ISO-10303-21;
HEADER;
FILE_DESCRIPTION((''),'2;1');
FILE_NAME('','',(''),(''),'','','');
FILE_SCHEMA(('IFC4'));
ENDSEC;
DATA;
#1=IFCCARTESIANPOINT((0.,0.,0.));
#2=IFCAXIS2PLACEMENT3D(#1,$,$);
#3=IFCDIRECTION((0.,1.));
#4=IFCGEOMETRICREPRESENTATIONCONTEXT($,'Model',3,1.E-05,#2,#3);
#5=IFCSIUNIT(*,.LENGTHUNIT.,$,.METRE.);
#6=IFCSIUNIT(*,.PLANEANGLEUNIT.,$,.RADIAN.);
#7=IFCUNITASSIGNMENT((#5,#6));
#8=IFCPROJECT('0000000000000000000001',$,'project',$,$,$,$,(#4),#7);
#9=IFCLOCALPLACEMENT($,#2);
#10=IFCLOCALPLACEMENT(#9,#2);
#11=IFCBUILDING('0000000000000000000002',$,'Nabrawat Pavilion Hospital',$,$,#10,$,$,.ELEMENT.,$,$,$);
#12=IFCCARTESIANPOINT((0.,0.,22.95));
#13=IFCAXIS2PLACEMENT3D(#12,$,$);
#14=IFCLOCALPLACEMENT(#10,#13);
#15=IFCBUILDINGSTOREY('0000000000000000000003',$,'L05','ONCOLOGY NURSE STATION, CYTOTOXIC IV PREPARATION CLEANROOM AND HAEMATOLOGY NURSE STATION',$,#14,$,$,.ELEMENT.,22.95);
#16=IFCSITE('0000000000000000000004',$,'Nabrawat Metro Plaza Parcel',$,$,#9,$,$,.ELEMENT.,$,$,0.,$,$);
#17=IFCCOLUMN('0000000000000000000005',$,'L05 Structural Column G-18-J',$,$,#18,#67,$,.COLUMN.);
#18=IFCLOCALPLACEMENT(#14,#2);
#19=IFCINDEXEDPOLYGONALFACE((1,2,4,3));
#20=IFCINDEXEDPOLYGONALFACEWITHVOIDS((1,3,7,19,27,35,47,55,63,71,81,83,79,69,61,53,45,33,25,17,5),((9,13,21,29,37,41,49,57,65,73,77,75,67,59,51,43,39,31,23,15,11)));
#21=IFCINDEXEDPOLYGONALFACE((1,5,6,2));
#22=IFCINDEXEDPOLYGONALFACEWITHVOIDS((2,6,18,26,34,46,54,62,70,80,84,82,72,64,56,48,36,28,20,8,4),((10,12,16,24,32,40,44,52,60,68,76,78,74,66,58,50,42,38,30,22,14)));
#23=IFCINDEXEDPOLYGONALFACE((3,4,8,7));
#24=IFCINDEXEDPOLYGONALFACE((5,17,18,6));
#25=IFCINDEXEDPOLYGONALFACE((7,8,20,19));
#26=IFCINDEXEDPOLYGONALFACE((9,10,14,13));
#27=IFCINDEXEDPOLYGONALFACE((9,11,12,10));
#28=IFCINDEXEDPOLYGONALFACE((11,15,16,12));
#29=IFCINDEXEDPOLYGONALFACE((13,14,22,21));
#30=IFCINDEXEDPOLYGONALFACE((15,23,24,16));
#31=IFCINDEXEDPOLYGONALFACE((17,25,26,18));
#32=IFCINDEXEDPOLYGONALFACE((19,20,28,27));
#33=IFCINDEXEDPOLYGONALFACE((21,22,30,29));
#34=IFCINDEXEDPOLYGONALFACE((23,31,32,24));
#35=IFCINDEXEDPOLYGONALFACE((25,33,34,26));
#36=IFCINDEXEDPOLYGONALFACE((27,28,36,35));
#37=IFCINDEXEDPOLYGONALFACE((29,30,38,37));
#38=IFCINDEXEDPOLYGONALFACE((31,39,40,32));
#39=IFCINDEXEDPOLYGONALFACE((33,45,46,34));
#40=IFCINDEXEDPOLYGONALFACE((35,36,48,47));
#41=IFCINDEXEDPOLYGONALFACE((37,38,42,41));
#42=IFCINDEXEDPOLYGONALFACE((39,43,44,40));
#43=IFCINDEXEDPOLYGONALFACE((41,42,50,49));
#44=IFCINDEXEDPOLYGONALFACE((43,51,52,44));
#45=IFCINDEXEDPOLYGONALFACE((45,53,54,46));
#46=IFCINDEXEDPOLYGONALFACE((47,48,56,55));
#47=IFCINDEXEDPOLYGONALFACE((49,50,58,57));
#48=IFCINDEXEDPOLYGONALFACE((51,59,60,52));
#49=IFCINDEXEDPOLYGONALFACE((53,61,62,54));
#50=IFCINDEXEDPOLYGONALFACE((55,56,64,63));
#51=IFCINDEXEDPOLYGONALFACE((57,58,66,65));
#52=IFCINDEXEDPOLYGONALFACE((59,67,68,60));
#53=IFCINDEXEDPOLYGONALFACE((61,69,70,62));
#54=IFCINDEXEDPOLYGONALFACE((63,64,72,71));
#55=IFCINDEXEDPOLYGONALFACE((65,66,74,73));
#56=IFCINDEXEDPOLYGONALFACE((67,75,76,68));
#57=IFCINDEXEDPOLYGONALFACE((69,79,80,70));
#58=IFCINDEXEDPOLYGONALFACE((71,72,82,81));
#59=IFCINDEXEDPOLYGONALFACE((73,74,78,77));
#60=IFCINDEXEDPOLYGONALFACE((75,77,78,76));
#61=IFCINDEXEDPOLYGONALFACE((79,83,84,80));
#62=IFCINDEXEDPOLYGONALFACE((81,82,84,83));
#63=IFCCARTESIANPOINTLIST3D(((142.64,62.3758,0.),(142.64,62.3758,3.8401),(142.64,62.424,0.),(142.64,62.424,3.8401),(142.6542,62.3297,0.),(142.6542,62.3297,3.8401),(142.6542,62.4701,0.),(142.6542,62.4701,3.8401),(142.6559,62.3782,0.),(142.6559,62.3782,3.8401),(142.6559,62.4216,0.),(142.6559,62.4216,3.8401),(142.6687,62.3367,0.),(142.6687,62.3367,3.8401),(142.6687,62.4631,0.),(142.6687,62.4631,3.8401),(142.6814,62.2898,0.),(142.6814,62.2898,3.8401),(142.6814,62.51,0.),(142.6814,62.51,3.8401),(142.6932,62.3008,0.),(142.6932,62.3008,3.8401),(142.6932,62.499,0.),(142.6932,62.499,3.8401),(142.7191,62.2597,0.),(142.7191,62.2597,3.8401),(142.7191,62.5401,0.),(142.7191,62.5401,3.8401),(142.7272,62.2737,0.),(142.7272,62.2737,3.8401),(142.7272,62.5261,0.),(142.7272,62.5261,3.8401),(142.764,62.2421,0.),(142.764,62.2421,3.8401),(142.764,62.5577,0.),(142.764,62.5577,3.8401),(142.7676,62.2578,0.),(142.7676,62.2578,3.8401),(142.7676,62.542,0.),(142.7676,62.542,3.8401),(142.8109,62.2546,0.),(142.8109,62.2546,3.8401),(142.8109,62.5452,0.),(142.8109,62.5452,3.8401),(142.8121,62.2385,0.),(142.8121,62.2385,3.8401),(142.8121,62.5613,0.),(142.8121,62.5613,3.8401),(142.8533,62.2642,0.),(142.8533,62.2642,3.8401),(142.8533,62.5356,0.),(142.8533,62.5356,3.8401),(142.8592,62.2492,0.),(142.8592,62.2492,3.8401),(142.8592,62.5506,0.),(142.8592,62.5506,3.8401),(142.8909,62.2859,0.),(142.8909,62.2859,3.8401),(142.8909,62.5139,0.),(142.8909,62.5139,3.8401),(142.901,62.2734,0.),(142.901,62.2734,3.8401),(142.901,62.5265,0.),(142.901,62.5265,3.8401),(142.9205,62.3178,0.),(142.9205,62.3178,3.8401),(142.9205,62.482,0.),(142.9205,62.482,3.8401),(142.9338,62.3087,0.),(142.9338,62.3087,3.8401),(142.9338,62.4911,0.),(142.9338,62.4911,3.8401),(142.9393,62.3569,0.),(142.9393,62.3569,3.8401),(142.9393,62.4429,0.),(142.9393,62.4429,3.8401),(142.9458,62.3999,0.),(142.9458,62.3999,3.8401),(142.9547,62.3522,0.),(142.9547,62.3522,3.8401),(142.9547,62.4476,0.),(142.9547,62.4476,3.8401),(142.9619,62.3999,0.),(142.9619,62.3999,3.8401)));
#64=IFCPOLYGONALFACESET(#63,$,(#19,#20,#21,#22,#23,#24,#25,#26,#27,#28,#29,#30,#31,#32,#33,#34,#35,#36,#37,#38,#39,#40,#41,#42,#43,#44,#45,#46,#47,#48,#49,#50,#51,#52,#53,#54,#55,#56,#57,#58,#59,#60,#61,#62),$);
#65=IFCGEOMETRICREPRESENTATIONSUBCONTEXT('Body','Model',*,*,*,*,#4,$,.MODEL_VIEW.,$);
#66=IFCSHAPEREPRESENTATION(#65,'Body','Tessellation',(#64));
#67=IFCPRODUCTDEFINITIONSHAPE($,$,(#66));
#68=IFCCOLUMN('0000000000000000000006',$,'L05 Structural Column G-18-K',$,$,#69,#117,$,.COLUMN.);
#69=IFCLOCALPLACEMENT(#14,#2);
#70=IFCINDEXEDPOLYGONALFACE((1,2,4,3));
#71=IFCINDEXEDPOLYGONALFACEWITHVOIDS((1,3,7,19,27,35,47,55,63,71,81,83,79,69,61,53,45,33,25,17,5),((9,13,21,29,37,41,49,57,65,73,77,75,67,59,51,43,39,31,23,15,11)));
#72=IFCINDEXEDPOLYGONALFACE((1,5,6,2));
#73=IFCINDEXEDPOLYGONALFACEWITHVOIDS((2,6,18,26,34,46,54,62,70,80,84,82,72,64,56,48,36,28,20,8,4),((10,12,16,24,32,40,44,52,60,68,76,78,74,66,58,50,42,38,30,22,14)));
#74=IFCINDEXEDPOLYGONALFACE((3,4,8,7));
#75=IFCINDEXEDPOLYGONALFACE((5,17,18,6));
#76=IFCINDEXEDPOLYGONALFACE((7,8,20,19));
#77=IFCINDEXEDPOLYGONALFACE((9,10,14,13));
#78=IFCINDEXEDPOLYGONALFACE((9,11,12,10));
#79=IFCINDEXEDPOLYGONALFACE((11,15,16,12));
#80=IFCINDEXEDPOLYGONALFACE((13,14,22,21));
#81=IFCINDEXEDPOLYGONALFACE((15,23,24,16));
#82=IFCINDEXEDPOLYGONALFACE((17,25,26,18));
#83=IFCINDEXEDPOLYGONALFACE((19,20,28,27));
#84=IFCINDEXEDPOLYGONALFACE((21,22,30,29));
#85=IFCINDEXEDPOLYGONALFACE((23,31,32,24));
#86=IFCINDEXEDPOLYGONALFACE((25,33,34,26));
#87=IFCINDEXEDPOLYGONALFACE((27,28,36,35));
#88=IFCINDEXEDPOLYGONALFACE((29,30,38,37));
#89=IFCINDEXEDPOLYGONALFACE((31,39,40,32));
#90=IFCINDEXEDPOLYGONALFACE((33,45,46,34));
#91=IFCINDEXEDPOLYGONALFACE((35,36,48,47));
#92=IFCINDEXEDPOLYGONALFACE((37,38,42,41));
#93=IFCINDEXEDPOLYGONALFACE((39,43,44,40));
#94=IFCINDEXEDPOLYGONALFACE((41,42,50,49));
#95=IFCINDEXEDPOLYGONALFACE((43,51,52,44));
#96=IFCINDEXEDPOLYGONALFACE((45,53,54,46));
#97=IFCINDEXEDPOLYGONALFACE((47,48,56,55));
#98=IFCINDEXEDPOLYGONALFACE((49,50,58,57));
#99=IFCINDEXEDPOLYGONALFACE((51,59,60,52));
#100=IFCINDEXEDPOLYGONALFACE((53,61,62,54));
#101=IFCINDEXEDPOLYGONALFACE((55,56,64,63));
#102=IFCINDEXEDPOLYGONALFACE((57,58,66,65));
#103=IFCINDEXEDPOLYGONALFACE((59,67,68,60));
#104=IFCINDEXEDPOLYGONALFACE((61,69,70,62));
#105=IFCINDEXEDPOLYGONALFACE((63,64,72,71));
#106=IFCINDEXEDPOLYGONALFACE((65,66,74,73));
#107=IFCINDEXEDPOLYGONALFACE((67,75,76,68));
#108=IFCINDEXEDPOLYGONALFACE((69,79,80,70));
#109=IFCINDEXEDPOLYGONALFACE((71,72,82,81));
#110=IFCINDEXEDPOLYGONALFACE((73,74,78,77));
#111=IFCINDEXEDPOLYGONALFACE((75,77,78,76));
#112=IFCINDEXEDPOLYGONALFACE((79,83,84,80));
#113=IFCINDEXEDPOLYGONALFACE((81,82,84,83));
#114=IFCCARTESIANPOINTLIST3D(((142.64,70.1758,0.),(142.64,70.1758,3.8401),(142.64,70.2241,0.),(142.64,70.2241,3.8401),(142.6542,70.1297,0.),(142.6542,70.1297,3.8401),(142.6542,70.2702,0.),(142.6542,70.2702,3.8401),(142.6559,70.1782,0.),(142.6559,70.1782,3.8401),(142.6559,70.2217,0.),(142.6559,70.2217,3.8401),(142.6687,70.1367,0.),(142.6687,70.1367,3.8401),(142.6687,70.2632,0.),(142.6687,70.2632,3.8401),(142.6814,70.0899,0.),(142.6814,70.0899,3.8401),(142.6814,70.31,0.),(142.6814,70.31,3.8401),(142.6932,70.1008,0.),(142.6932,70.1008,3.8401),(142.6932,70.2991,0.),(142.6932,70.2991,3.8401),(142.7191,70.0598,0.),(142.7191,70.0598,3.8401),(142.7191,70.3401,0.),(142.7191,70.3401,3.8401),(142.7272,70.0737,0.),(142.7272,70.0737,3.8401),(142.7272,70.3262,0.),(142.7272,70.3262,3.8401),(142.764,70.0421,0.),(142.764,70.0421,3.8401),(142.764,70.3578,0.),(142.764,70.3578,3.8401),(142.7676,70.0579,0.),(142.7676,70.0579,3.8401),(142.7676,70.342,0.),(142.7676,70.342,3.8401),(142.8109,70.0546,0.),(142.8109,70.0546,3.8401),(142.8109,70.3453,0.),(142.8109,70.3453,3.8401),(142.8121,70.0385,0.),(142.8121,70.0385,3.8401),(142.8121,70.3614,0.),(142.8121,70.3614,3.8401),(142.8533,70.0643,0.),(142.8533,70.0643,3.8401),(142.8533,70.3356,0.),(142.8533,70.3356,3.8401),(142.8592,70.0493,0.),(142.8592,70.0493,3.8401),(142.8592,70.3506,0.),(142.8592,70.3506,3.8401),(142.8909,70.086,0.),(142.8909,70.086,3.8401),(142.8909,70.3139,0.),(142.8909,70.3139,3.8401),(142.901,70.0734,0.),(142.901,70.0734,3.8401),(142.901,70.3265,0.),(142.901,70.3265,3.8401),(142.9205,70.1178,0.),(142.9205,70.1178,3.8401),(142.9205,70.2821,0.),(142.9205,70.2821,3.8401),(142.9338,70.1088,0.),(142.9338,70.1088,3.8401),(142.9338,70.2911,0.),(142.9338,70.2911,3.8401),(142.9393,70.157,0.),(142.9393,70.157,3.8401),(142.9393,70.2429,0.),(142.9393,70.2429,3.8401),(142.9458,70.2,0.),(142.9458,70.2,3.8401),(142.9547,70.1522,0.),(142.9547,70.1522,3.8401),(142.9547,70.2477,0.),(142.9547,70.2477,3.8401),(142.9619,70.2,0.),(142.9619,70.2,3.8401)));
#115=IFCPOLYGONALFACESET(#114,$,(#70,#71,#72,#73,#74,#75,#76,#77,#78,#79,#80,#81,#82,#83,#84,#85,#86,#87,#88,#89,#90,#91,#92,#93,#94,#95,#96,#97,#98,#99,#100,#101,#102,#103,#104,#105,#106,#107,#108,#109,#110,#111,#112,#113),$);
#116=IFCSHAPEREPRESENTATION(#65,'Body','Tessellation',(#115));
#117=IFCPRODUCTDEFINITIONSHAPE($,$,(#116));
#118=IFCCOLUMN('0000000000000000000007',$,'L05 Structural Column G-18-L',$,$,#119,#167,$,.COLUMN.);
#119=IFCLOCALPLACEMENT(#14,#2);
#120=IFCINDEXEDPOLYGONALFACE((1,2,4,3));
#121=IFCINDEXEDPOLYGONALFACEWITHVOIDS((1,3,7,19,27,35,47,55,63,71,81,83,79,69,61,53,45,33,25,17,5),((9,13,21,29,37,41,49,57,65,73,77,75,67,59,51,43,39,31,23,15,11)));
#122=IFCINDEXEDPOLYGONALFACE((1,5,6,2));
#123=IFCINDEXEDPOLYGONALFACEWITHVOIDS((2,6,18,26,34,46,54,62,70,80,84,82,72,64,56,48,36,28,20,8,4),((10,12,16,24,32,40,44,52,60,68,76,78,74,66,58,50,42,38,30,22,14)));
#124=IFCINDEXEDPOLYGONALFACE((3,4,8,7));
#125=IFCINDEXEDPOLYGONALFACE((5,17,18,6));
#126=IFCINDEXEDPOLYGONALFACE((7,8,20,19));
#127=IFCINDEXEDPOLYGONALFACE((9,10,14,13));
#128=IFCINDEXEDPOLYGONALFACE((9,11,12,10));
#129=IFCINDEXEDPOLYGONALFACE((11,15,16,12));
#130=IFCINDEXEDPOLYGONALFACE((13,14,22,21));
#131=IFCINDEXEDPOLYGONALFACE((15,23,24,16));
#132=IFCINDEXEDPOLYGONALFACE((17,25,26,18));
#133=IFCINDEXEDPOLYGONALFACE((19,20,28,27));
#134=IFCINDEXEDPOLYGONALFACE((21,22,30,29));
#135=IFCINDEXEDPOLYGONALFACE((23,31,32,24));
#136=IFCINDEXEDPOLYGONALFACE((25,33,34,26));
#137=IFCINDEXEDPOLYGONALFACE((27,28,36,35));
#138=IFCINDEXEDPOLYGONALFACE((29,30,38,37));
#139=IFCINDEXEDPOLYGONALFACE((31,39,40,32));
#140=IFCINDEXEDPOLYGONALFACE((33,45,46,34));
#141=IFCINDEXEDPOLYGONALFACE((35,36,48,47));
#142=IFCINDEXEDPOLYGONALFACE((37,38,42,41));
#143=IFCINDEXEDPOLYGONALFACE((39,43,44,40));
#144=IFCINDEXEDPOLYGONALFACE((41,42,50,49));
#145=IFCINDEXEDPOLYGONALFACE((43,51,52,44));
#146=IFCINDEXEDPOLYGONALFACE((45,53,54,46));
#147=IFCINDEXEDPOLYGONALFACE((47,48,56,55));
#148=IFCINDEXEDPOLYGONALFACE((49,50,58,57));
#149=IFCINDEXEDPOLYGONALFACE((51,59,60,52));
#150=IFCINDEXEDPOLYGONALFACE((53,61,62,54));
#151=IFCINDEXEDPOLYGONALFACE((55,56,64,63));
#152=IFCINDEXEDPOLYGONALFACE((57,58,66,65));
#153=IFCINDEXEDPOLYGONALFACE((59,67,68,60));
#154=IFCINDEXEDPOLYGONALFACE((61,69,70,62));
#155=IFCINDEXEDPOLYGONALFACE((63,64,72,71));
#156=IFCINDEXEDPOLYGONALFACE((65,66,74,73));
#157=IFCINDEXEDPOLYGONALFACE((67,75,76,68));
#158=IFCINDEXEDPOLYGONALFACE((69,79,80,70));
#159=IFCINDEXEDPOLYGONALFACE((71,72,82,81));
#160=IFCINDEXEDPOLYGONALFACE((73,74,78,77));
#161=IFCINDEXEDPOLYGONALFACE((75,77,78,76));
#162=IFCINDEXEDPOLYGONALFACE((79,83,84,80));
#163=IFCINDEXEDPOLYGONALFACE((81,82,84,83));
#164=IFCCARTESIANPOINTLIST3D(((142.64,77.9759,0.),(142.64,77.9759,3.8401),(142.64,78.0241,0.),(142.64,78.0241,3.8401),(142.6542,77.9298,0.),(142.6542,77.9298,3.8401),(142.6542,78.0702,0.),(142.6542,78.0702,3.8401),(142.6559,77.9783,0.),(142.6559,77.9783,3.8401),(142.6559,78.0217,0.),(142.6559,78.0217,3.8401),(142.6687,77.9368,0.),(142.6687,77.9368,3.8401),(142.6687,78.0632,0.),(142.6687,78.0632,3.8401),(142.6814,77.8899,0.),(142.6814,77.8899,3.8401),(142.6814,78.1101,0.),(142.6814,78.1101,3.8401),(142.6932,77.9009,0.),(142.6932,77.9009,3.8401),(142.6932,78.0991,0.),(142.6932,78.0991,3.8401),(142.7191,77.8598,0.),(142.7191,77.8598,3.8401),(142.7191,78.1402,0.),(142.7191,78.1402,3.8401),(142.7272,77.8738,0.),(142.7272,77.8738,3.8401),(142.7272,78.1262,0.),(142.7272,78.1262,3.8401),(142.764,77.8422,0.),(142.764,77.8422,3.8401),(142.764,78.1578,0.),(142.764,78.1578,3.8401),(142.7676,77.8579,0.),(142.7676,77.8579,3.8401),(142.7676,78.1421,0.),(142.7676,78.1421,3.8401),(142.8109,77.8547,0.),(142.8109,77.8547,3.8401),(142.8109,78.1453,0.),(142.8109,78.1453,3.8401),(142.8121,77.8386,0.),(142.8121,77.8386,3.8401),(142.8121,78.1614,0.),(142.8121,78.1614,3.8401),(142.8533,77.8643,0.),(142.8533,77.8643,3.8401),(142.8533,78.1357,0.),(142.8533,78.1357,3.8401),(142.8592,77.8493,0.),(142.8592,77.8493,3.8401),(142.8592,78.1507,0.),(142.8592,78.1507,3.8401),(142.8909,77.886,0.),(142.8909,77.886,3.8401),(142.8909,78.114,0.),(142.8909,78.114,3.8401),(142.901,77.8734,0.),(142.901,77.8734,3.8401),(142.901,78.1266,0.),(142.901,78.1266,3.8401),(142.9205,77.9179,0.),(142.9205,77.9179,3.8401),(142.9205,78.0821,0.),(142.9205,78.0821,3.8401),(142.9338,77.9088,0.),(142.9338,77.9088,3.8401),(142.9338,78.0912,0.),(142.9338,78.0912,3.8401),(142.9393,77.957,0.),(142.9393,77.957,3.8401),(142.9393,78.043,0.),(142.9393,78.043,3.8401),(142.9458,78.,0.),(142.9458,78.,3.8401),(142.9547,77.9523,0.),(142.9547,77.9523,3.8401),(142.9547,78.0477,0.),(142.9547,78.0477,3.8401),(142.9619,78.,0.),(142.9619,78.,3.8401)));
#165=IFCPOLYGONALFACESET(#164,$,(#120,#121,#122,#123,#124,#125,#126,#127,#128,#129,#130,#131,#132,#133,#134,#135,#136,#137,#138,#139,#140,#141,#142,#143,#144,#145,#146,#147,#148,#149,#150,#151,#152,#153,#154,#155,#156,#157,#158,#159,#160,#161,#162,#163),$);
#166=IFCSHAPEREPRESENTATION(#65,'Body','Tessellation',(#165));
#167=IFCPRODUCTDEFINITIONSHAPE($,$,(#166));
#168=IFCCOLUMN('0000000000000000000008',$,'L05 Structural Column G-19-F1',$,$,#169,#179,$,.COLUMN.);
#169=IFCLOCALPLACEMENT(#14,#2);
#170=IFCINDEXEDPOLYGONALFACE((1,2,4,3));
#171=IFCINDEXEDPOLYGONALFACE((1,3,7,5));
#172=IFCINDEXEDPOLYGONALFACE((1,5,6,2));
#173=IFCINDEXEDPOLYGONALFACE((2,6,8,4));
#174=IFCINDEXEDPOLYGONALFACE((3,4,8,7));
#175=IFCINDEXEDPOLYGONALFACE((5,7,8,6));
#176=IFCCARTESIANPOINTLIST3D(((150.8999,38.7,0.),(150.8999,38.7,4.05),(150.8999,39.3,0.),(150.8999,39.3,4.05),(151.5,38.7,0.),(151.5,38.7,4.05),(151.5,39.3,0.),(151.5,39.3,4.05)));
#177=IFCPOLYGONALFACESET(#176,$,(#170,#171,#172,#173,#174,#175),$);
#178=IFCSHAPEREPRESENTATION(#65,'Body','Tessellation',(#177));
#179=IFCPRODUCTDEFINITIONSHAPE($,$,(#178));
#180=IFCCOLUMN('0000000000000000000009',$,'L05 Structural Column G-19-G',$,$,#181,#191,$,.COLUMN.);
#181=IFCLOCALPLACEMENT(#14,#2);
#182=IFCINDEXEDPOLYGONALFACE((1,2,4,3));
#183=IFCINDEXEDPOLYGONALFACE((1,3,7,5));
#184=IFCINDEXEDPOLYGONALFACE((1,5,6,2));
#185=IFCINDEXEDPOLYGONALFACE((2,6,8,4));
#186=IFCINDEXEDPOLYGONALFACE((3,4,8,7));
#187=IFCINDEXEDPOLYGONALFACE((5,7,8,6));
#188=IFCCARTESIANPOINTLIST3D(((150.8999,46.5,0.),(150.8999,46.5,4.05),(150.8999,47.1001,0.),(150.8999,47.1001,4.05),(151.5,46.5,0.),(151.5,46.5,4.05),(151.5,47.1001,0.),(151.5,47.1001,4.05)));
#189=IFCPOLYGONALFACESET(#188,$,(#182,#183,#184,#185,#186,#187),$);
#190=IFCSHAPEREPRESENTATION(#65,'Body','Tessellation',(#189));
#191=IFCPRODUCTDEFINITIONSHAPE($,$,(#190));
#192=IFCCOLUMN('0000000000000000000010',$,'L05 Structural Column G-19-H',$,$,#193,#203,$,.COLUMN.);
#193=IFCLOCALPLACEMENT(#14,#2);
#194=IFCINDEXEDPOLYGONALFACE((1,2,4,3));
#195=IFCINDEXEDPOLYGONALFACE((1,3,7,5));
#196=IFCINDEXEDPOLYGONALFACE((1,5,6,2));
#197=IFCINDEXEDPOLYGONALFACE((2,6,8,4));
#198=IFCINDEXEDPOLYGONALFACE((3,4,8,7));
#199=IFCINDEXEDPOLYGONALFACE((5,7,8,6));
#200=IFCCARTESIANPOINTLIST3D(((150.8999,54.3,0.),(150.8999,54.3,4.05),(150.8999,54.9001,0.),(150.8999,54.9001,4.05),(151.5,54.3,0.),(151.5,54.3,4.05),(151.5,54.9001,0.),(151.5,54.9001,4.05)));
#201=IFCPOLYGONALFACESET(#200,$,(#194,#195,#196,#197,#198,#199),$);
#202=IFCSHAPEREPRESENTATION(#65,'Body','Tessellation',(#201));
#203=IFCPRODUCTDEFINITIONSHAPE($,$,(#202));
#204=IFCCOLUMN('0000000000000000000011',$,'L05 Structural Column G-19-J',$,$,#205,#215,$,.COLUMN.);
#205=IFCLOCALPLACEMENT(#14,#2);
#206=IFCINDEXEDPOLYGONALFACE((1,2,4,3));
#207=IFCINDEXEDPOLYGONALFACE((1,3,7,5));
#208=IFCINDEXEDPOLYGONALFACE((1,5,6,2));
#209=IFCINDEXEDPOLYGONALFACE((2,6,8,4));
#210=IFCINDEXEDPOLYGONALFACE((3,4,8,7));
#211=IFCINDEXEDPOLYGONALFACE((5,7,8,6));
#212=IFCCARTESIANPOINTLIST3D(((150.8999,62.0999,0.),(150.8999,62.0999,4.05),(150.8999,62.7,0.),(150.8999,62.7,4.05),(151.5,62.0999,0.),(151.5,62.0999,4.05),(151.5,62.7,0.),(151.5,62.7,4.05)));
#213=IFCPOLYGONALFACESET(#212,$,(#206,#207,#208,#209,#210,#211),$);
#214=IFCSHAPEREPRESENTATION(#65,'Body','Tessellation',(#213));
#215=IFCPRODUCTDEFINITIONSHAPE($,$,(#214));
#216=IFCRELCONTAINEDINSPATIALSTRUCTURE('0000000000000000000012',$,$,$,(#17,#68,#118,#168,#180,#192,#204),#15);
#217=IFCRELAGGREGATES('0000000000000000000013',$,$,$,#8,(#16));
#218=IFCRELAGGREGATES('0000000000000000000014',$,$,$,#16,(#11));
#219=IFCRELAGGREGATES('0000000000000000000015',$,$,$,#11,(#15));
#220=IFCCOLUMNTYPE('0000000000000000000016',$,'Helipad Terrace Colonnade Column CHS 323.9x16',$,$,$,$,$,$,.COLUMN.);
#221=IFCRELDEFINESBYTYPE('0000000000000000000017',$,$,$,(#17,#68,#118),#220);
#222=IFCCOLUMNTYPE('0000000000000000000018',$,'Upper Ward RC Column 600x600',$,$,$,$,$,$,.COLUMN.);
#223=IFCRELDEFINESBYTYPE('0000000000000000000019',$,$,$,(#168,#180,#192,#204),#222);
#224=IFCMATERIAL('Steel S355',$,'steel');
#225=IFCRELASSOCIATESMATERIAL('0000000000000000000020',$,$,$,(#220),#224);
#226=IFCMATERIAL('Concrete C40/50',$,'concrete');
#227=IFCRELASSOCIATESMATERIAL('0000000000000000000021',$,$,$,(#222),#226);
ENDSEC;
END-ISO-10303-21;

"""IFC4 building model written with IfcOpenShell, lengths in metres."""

from ifc_helpers import new_model, si_unit, direction, frame, origin, origin_2d, place, context, subcontext, project, spatial, rectangle, hollow_circle, extrude, material, material_profile, profile_set, type_object, element, save


model = new_model("IFC4")

# Units and contexts
model_context = context("Model", 3, precision=1e-05, world=origin(), true_north=direction((0.0, 1.0)))
body_context = subcontext(model_context, "Body", "Model", "MODEL_VIEW")
ifc_project = project(units=[si_unit("LENGTHUNIT", "METRE"), si_unit("PLANEANGLEUNIT", "RADIAN")], contexts=[model_context])

# Site, building, storey
site_placement = place(None, origin())
site = spatial("IfcSite", under=ifc_project, at=site_placement, Name="Nabrawat Metro Plaza Parcel", CompositionType="ELEMENT", RefElevation=0.0)
building_placement = place(site_placement, origin())
building = spatial("IfcBuilding", under=site, at=building_placement, Name="Nabrawat Pavilion Hospital", CompositionType="ELEMENT")
storey_placement = place(building_placement, frame((0.0, 0.0, 22.95)))
storey = spatial("IfcBuildingStorey", under=building, at=storey_placement, Name="L05", Description="ONCOLOGY NURSE STATION, CYTOTOXIC IV PREPARATION CLEANROOM AND HAEMATOLOGY NURSE STATION", CompositionType="ELEMENT", Elevation=22.95)

# Columns
ifc_material_1 = material(Name="Steel S355", Category="steel")
ifc_material_profile_1 = material_profile(ifc_material_1, hollow_circle(Radius=0.1619, WallThickness=0.0161, at=origin_2d()), Name="CHS 323.9x16")
ifc_profile_set_1 = profile_set([ifc_material_profile_1], Name="Steel S355")
column_type_1 = type_object("IfcColumnType", Name="Helipad Terrace Colonnade Column CHS 323.9x16", PredefinedType="COLUMN", material=ifc_profile_set_1)
for number, where, z_axis, x_axis, name in (
    (1, (142.8, 62.3999, 0.0), (0.0, 0.0, 1.0), (1.0, 0.0, 0.0), "L05 Structural Column G-18-J"),
    (2, (142.8, 70.2, 0.0), (0.0, 0.0, 1.0), (1.0, 0.0, 0.0), "L05 Structural Column G-18-K"),
    (3, (142.8, 78.0, 0.0), (0.0, 0.0, 1.0), (1.0, 0.0, 0.0), "L05 Structural Column G-18-L"),
):
    element("IfcColumn", number, at=place(storey_placement, frame(where, z_axis=z_axis, x_axis=x_axis)), inside=storey, type_object=column_type_1, Name=name, PredefinedType="COLUMN", context=body_context, shape_type="SweptSolid", body=[
        extrude(hollow_circle(Radius=0.1619, WallThickness=0.0161, at=origin_2d()), origin(), (0.0, 0.0, 1.0), 3.8401),
    ])
ifc_material_2 = material(Name="Concrete C40/50", Category="concrete")
ifc_material_profile_2 = material_profile(ifc_material_2, rectangle(XDim=0.6001, YDim=0.6001, at=origin_2d()), Name="RC 600x600")
ifc_profile_set_2 = profile_set([ifc_material_profile_2], Name="Concrete C40/50")
column_type_2 = type_object("IfcColumnType", Name="Upper Ward RC Column 600x600", PredefinedType="COLUMN", material=ifc_profile_set_2)
for number, where, z_axis, x_axis, name in (
    (4, (151.2, 39.0, 0.0), (0.0, 0.0, 1.0), (1.0, 0.0, 0.0), "L05 Structural Column G-19-F1"),
    (5, (151.2, 46.8, 0.0), (0.0, 0.0, 1.0), (1.0, 0.0, 0.0), "L05 Structural Column G-19-G"),
    (6, (151.2, 54.6001, 0.0), (0.0, 0.0, 1.0), (1.0, 0.0, 0.0), "L05 Structural Column G-19-H"),
    (7, (151.2, 62.3999, 0.0), (0.0, 0.0, 1.0), (1.0, 0.0, 0.0), "L05 Structural Column G-19-J"),
):
    element("IfcColumn", number, at=place(storey_placement, frame(where, z_axis=z_axis, x_axis=x_axis)), inside=storey, type_object=column_type_2, Name=name, PredefinedType="COLUMN", context=body_context, shape_type="SweptSolid", body=[
        extrude(rectangle(XDim=0.6001, YDim=0.6001, at=origin_2d()), origin(), (0.0, 0.0, 1.0), 4.05),
    ])

save(model, "model.ifc")
